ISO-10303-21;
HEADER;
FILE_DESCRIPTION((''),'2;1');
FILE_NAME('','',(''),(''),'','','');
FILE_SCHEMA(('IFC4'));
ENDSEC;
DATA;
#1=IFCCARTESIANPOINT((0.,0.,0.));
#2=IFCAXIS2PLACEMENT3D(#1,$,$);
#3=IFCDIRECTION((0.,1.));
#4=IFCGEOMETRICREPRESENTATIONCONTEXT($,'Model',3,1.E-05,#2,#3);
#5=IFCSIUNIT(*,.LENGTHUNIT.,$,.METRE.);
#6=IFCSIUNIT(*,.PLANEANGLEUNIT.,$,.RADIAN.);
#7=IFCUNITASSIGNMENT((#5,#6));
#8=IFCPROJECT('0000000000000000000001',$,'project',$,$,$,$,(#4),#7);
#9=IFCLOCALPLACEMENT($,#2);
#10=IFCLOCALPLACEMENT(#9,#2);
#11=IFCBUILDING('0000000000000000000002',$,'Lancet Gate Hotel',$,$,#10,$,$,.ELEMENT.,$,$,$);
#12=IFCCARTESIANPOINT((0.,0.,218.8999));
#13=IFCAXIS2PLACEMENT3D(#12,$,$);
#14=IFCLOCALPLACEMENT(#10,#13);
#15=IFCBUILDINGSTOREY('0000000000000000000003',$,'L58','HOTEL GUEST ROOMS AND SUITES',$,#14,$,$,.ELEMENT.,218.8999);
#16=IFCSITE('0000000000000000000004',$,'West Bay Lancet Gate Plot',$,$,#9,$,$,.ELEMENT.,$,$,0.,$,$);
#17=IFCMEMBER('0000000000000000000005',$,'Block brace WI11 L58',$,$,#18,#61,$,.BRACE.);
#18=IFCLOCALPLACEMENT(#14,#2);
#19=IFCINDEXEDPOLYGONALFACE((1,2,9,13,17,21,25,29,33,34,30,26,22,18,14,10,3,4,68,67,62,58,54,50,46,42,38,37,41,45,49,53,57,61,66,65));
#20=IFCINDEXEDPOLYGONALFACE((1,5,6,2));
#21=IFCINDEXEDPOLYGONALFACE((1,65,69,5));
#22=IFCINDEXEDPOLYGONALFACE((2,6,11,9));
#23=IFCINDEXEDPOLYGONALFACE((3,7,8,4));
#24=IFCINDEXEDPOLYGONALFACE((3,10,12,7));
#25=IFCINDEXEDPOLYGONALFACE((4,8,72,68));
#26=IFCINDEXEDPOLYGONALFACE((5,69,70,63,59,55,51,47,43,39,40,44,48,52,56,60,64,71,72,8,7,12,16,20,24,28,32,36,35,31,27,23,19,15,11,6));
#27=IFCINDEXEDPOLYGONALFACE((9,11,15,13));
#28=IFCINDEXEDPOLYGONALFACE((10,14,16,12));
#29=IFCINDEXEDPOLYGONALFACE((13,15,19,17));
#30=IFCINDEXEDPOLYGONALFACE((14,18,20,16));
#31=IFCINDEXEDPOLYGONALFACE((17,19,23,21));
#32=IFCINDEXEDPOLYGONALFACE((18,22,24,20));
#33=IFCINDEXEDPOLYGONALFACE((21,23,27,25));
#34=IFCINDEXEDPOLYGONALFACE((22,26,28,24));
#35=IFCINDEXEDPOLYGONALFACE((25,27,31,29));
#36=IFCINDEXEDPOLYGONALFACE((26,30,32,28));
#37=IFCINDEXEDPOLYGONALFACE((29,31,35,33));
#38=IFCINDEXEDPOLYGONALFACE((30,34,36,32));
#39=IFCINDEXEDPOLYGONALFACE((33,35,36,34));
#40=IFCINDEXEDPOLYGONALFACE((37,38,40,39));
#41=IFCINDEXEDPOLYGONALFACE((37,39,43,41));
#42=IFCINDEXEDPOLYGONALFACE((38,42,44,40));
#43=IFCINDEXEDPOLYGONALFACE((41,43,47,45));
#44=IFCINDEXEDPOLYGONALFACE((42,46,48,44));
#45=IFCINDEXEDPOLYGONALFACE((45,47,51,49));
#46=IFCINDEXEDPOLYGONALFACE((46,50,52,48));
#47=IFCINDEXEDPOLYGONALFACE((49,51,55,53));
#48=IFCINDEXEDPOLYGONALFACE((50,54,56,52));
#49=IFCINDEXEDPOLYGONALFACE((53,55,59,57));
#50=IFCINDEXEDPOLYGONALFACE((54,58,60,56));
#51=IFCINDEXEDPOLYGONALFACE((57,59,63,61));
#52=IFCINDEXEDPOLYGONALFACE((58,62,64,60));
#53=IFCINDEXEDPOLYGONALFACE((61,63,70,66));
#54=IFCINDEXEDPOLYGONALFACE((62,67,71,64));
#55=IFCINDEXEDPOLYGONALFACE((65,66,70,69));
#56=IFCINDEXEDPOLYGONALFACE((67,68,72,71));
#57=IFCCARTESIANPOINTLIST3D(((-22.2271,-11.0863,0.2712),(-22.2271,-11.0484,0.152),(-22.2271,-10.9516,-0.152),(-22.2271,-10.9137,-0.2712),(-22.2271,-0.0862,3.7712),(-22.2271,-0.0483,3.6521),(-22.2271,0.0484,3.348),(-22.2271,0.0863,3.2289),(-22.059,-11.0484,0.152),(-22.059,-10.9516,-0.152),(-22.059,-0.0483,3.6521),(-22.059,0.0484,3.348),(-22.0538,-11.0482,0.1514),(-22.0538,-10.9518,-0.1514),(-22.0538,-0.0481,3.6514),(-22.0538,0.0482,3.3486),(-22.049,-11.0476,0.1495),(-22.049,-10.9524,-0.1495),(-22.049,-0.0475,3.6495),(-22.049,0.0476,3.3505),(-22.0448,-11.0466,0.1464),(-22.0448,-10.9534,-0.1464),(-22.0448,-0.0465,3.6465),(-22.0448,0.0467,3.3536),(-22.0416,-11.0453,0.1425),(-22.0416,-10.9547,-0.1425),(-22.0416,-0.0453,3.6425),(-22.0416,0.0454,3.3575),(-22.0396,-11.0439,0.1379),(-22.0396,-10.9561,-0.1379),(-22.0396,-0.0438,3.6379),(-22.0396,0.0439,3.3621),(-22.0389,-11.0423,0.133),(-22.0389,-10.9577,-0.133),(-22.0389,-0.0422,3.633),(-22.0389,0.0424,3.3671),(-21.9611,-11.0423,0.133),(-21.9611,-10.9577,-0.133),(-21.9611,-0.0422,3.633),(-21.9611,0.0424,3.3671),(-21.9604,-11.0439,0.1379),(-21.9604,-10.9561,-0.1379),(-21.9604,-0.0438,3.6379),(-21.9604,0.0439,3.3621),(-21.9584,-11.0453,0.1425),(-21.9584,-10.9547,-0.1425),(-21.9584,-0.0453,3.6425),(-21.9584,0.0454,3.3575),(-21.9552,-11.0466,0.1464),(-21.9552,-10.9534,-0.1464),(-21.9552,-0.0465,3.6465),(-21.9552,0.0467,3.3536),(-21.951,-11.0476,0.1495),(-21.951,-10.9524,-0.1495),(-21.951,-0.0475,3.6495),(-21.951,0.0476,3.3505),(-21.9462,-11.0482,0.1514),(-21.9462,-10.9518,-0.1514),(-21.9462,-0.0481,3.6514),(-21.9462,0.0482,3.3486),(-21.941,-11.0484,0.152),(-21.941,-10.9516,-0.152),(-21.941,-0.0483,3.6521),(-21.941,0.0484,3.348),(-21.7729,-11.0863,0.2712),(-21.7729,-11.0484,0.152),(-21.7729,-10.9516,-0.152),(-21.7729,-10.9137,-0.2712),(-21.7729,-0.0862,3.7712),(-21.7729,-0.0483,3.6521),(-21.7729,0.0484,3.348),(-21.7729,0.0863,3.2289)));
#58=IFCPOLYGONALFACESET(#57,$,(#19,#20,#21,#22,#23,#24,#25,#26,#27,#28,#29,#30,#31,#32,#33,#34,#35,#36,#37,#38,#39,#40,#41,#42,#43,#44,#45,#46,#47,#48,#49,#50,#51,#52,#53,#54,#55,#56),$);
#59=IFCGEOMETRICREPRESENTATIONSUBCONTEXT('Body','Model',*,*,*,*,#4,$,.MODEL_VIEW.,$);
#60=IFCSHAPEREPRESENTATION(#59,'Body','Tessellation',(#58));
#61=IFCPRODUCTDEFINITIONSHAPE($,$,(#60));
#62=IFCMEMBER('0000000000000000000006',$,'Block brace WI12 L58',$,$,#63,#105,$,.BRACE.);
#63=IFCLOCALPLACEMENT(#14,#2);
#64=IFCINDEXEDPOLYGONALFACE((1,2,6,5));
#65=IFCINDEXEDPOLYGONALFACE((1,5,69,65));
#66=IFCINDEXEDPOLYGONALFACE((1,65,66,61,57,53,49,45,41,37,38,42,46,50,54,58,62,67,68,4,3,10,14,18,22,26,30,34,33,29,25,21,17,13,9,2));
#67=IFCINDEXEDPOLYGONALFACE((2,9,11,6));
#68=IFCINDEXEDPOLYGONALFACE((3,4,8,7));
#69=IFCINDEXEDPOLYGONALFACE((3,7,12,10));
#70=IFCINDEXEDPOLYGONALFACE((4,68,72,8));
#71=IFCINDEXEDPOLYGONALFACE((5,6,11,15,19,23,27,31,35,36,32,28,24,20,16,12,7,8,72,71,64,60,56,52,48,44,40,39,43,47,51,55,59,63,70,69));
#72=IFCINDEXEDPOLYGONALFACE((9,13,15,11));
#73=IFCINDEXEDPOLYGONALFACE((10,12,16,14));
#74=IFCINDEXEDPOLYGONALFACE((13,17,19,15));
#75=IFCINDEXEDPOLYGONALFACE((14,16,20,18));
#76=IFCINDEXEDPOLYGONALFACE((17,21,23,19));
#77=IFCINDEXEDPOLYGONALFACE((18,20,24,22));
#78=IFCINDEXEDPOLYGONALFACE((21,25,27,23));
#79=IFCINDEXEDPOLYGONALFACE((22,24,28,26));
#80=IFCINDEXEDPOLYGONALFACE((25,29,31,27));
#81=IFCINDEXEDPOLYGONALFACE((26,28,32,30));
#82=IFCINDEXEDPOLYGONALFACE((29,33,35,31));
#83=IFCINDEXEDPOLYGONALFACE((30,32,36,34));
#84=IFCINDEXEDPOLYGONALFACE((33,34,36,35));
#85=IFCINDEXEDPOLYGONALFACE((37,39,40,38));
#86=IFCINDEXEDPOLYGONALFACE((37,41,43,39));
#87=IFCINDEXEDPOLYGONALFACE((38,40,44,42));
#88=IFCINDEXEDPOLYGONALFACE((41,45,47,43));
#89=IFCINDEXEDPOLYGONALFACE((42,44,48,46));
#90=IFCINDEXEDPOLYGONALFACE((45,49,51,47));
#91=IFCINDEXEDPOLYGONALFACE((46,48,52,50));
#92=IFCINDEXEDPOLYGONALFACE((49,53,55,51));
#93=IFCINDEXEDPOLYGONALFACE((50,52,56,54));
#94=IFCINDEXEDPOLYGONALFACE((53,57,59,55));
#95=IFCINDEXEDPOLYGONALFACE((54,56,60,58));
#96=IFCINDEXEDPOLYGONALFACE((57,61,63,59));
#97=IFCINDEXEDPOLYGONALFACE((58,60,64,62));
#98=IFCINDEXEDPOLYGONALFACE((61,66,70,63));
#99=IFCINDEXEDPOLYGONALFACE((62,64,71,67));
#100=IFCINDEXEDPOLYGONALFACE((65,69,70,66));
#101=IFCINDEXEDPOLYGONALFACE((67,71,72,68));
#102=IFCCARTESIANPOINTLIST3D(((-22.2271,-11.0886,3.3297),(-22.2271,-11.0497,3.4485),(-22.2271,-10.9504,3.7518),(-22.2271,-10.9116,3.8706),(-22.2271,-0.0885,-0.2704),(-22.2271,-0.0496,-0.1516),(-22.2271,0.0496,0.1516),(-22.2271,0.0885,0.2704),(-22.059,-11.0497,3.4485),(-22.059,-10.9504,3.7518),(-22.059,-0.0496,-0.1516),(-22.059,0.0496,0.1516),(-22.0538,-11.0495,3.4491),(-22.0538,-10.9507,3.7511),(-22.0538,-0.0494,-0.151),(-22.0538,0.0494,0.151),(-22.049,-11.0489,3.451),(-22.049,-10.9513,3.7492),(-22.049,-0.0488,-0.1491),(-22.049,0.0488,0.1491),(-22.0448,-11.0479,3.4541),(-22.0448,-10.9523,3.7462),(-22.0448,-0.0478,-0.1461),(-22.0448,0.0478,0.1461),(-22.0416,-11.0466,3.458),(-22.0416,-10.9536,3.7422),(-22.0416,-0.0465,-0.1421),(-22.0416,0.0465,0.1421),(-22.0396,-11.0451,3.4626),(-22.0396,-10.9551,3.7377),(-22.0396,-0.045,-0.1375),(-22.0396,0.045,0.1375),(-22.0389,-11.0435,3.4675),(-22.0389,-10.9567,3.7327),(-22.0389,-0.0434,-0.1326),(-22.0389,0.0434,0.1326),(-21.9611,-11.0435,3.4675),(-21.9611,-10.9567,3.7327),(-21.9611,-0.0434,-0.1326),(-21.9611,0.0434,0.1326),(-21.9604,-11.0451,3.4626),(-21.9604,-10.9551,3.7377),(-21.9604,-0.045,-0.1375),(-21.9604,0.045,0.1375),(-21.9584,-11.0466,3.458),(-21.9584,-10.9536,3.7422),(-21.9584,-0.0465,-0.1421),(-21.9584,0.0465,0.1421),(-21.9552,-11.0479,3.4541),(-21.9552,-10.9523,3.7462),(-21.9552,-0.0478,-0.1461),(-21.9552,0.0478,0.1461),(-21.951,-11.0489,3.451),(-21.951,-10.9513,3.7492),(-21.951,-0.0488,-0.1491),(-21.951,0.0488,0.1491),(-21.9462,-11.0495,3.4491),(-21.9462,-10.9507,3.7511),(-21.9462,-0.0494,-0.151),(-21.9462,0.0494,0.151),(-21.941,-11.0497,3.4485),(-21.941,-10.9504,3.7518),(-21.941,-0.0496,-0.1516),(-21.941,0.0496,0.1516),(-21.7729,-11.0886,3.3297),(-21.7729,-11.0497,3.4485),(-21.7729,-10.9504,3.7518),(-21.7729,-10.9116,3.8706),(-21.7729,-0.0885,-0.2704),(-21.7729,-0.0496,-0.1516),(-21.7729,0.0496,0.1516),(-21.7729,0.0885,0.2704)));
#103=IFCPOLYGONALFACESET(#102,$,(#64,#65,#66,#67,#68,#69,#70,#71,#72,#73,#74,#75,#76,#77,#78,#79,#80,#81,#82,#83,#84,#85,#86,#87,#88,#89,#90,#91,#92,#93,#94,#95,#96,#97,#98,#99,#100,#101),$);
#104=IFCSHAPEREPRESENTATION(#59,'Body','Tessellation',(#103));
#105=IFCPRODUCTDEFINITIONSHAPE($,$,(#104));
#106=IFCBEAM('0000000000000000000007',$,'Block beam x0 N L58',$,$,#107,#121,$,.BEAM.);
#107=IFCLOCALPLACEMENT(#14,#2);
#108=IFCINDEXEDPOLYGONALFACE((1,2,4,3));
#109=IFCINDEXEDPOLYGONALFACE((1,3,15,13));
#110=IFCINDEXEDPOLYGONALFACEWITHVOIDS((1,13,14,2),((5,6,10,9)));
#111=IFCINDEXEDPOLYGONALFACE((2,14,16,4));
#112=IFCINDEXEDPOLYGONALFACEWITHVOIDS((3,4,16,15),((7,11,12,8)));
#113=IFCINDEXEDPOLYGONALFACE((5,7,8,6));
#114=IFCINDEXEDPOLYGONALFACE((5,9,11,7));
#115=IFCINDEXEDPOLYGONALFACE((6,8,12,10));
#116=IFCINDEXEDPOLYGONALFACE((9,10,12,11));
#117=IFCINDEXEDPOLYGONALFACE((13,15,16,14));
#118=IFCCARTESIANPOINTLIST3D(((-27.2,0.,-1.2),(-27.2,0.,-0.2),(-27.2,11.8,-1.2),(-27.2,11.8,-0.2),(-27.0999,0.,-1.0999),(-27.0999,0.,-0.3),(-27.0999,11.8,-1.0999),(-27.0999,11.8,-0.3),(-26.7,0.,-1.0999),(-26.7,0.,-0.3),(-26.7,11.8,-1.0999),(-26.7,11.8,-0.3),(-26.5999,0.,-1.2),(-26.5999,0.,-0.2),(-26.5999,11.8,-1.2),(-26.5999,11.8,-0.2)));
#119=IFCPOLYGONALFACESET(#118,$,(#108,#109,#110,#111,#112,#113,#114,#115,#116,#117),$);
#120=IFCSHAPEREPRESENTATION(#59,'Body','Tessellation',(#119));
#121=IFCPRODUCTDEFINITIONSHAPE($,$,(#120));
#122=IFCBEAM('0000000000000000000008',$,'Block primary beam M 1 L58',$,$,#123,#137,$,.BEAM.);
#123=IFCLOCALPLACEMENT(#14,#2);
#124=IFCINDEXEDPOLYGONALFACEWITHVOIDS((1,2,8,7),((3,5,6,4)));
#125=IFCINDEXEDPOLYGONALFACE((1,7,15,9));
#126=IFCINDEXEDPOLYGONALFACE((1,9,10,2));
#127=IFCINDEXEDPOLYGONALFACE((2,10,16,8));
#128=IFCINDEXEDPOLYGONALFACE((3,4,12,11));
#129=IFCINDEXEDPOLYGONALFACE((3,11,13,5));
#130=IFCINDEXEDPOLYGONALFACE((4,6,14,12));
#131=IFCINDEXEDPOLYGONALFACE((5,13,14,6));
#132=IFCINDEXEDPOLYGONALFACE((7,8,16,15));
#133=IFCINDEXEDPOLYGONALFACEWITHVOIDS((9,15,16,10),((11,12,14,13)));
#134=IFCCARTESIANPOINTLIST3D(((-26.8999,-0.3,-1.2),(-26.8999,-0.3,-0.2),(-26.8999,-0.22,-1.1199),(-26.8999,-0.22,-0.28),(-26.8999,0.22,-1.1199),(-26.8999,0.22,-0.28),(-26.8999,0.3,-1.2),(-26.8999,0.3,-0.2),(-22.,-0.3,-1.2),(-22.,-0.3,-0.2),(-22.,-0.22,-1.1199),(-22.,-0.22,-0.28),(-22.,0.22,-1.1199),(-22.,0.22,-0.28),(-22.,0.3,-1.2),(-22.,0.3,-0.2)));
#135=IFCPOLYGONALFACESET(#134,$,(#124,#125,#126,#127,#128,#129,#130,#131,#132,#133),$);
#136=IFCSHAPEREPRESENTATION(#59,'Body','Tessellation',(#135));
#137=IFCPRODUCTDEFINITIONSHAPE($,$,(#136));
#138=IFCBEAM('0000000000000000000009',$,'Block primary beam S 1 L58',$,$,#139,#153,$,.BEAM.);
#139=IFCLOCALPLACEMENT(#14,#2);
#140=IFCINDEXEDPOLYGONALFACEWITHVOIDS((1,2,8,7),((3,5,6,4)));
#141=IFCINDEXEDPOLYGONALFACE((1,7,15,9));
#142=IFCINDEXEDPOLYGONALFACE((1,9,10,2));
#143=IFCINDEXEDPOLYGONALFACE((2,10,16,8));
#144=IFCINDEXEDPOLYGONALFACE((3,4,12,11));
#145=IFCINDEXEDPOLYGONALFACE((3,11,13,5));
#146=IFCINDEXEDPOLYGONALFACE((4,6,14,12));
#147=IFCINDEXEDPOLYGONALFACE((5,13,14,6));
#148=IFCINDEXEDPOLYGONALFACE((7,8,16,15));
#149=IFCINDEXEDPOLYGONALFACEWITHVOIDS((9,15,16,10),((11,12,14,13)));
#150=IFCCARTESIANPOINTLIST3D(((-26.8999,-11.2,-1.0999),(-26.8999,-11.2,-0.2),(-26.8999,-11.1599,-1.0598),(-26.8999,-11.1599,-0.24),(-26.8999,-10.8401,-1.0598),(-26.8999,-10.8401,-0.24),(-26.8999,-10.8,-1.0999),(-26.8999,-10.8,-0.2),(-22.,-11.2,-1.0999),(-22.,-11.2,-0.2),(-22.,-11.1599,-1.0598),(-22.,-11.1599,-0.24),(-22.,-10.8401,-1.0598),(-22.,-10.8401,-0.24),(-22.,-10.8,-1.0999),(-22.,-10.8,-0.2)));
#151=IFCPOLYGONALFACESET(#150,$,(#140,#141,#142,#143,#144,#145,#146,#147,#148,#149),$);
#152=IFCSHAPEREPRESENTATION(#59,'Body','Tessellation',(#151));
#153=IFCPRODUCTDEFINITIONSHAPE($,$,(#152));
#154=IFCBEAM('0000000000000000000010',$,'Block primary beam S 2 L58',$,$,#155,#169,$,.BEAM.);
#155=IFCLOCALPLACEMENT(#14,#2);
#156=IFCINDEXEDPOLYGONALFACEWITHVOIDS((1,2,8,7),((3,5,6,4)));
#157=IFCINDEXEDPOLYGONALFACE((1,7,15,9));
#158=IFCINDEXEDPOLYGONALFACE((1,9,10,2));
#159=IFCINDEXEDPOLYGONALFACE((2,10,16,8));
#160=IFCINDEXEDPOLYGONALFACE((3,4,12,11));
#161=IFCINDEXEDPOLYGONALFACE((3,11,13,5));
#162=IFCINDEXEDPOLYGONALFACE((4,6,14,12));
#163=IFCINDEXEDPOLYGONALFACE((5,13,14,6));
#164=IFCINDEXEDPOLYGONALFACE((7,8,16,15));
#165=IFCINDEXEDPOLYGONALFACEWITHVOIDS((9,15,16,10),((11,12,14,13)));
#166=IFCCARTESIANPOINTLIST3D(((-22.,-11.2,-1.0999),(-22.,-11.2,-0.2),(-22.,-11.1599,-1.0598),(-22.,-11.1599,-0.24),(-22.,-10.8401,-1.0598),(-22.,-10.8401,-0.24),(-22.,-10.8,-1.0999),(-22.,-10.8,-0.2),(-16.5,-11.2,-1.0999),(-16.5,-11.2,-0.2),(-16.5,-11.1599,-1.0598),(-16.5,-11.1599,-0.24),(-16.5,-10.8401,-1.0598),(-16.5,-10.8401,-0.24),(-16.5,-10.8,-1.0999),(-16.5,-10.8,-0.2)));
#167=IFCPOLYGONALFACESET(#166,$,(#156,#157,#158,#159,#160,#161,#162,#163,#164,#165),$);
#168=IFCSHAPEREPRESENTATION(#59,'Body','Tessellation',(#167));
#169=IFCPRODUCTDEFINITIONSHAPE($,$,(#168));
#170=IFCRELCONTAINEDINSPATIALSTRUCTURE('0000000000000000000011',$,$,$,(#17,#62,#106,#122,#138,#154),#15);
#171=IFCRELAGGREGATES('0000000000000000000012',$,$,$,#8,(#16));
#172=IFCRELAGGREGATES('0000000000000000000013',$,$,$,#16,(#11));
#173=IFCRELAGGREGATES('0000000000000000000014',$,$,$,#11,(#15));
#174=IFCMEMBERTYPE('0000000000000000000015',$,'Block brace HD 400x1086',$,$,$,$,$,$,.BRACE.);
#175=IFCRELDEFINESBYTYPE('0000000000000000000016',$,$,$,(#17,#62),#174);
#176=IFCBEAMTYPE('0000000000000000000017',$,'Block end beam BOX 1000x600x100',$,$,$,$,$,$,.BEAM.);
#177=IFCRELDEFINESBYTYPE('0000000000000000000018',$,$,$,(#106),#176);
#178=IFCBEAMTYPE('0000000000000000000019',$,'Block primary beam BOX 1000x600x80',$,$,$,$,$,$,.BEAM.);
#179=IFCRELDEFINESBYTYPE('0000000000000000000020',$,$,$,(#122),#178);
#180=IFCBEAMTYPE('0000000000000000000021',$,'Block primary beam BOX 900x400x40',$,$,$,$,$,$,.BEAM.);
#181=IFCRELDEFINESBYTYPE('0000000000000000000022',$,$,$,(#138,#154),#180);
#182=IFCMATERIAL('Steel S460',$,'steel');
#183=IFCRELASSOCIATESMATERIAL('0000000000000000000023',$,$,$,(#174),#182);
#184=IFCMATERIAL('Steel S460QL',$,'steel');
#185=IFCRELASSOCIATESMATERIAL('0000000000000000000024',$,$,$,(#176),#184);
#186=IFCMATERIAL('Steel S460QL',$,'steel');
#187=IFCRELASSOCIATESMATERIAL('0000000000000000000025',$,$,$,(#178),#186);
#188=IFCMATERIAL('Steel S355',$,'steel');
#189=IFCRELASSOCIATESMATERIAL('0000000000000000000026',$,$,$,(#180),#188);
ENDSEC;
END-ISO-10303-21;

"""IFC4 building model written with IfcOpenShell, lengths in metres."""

from ifc_helpers import new_model, si_unit, direction, frame, origin, origin_2d, place, context, subcontext, project, spatial, hollow_rectangle, i_section, extrude, material, material_profile, profile_set, type_object, element, save


model = new_model("IFC4")

# Units and contexts
model_context = context("Model", 3, precision=1e-05, world=origin(), true_north=direction((0.0, 1.0)))
body_context = subcontext(model_context, "Body", "Model", "MODEL_VIEW")
ifc_project = project(units=[si_unit("LENGTHUNIT", "METRE"), si_unit("PLANEANGLEUNIT", "RADIAN")], contexts=[model_context])

# Site, building, storey
site_placement = place(None, origin())
site = spatial("IfcSite", under=ifc_project, at=site_placement, Name="West Bay Lancet Gate Plot", CompositionType="ELEMENT", RefElevation=0.0)
building_placement = place(site_placement, origin())
building = spatial("IfcBuilding", under=site, at=building_placement, Name="Lancet Gate Hotel", CompositionType="ELEMENT")
storey_placement = place(building_placement, frame((0.0, 0.0, 218.8999)))
storey = spatial("IfcBuildingStorey", under=building, at=storey_placement, Name="L58", Description="HOTEL GUEST ROOMS AND SUITES", CompositionType="ELEMENT", Elevation=218.8999)

# Members
ifc_material_1 = material(Name="Steel S460", Category="steel")
ifc_material_profile_1 = material_profile(ifc_material_1, i_section(OverallWidth=0.4541, OverallDepth=0.5691, WebThickness=0.0779, FlangeThickness=0.125, FilletRadius=0.02, at=origin_2d()), Name="HD 400x1086")
ifc_profile_set_1 = profile_set([ifc_material_profile_1], Name="Steel S460")
member_type = type_object("IfcMemberType", Name="Block brace HD 400x1086", PredefinedType="BRACE", material=ifc_profile_set_1)
member_1_placement = place(storey_placement, frame((-22.0, -11.0, 0.0), z_axis=(0.0, 0.952926, 0.303204), x_axis=(-1.0, 0.0, 0.0)))
element("IfcMember", 1, at=member_1_placement, inside=storey, type_object=member_type, Name="Block brace WI11 L58", PredefinedType="BRACE", context=body_context, shape_type="SweptSolid", body=[
    extrude(i_section(OverallWidth=0.4541, OverallDepth=0.5691, WebThickness=0.0779, FlangeThickness=0.125, FilletRadius=0.02, at=origin_2d()), origin(), (0.0, 0.0, 1.0), 11.5435),
])
member_2_placement = place(storey_placement, frame((-22.0, 0.0, 0.0), z_axis=(0.0, -0.950395, 0.311047), x_axis=(1.0, 0.0, 0.0)))
element("IfcMember", 2, at=member_2_placement, inside=storey, type_object=member_type, Name="Block brace WI12 L58", PredefinedType="BRACE", context=body_context, shape_type="SweptSolid", body=[
    extrude(i_section(OverallWidth=0.4541, OverallDepth=0.5691, WebThickness=0.0779, FlangeThickness=0.125, FilletRadius=0.02, at=origin_2d()), origin(), (0.0, 0.0, 1.0), 11.5742),
])

# Beams
ifc_material_2 = material(Name="Steel S460QL", Category="steel")
ifc_material_profile_2 = material_profile(ifc_material_2, hollow_rectangle(XDim=0.6001, YDim=1.0, WallThickness=0.1001, at=origin_2d()), Name="BOX 1000x600x100")
ifc_profile_set_2 = profile_set([ifc_material_profile_2], Name="Steel S460QL")
beam_type_1 = type_object("IfcBeamType", Name="Block end beam BOX 1000x600x100", PredefinedType="BEAM", material=ifc_profile_set_2)
beam_1_placement = place(storey_placement, frame((-26.8999, 0.0, -0.7), z_axis=(0.0, 1.0, 0.0), x_axis=(-1.0, 0.0, 0.0)))
element("IfcBeam", 3, at=beam_1_placement, inside=storey, type_object=beam_type_1, Name="Block beam x0 N L58", PredefinedType="BEAM", context=body_context, shape_type="SweptSolid", body=[
    extrude(hollow_rectangle(XDim=0.6001, YDim=1.0, WallThickness=0.1001, at=origin_2d()), origin(), (0.0, 0.0, 1.0), 11.8),
])
ifc_material_3 = material(Name="Steel S460QL", Category="steel")
ifc_material_profile_3 = material_profile(ifc_material_3, hollow_rectangle(XDim=0.6001, YDim=1.0, WallThickness=0.0801, at=origin_2d()), Name="BOX 1000x600x80")
ifc_profile_set_3 = profile_set([ifc_material_profile_3], Name="Steel S460QL")
beam_type_2 = type_object("IfcBeamType", Name="Block primary beam BOX 1000x600x80", PredefinedType="BEAM", material=ifc_profile_set_3)
beam_2_placement = place(storey_placement, frame((-26.8999, 0.0, -0.7), z_axis=(1.0, 0.0, 0.0), x_axis=(0.0, 1.0, 0.0)))
element("IfcBeam", 4, at=beam_2_placement, inside=storey, type_object=beam_type_2, Name="Block primary beam M 1 L58", PredefinedType="BEAM", context=body_context, shape_type="SweptSolid", body=[
    extrude(hollow_rectangle(XDim=0.6001, YDim=1.0, WallThickness=0.0801, at=origin_2d()), origin(), (0.0, 0.0, 1.0), 4.8999),
])
ifc_material_4 = material(Name="Steel S355", Category="steel")
ifc_material_profile_4 = material_profile(ifc_material_4, hollow_rectangle(XDim=0.3999, YDim=0.8999, WallThickness=0.04, at=origin_2d()), Name="BOX 900x400x40")
ifc_profile_set_4 = profile_set([ifc_material_profile_4], Name="Steel S355")
beam_type_3 = type_object("IfcBeamType", Name="Block primary beam BOX 900x400x40", PredefinedType="BEAM", material=ifc_profile_set_4)
beam_3_placement = place(storey_placement, frame((-26.8999, -11.0, -0.6499), z_axis=(1.0, 0.0, 0.0), x_axis=(0.0, 1.0, 0.0)))
element("IfcBeam", 5, at=beam_3_placement, inside=storey, type_object=beam_type_3, Name="Block primary beam S 1 L58", PredefinedType="BEAM", context=body_context, shape_type="SweptSolid", body=[
    extrude(hollow_rectangle(XDim=0.3999, YDim=0.8999, WallThickness=0.04, at=origin_2d()), origin(), (0.0, 0.0, 1.0), 4.8999),
])
beam_4_placement = place(storey_placement, frame((-22.0, -11.0, -0.6499), z_axis=(1.0, 0.0, 0.0), x_axis=(0.0, 1.0, 0.0)))
element("IfcBeam", 6, at=beam_4_placement, inside=storey, type_object=beam_type_3, Name="Block primary beam S 2 L58", PredefinedType="BEAM", context=body_context, shape_type="SweptSolid", body=[
    extrude(hollow_rectangle(XDim=0.3999, YDim=0.8999, WallThickness=0.04, at=origin_2d()), origin(), (0.0, 0.0, 1.0), 5.5),
])

save(model, "model.ifc")
